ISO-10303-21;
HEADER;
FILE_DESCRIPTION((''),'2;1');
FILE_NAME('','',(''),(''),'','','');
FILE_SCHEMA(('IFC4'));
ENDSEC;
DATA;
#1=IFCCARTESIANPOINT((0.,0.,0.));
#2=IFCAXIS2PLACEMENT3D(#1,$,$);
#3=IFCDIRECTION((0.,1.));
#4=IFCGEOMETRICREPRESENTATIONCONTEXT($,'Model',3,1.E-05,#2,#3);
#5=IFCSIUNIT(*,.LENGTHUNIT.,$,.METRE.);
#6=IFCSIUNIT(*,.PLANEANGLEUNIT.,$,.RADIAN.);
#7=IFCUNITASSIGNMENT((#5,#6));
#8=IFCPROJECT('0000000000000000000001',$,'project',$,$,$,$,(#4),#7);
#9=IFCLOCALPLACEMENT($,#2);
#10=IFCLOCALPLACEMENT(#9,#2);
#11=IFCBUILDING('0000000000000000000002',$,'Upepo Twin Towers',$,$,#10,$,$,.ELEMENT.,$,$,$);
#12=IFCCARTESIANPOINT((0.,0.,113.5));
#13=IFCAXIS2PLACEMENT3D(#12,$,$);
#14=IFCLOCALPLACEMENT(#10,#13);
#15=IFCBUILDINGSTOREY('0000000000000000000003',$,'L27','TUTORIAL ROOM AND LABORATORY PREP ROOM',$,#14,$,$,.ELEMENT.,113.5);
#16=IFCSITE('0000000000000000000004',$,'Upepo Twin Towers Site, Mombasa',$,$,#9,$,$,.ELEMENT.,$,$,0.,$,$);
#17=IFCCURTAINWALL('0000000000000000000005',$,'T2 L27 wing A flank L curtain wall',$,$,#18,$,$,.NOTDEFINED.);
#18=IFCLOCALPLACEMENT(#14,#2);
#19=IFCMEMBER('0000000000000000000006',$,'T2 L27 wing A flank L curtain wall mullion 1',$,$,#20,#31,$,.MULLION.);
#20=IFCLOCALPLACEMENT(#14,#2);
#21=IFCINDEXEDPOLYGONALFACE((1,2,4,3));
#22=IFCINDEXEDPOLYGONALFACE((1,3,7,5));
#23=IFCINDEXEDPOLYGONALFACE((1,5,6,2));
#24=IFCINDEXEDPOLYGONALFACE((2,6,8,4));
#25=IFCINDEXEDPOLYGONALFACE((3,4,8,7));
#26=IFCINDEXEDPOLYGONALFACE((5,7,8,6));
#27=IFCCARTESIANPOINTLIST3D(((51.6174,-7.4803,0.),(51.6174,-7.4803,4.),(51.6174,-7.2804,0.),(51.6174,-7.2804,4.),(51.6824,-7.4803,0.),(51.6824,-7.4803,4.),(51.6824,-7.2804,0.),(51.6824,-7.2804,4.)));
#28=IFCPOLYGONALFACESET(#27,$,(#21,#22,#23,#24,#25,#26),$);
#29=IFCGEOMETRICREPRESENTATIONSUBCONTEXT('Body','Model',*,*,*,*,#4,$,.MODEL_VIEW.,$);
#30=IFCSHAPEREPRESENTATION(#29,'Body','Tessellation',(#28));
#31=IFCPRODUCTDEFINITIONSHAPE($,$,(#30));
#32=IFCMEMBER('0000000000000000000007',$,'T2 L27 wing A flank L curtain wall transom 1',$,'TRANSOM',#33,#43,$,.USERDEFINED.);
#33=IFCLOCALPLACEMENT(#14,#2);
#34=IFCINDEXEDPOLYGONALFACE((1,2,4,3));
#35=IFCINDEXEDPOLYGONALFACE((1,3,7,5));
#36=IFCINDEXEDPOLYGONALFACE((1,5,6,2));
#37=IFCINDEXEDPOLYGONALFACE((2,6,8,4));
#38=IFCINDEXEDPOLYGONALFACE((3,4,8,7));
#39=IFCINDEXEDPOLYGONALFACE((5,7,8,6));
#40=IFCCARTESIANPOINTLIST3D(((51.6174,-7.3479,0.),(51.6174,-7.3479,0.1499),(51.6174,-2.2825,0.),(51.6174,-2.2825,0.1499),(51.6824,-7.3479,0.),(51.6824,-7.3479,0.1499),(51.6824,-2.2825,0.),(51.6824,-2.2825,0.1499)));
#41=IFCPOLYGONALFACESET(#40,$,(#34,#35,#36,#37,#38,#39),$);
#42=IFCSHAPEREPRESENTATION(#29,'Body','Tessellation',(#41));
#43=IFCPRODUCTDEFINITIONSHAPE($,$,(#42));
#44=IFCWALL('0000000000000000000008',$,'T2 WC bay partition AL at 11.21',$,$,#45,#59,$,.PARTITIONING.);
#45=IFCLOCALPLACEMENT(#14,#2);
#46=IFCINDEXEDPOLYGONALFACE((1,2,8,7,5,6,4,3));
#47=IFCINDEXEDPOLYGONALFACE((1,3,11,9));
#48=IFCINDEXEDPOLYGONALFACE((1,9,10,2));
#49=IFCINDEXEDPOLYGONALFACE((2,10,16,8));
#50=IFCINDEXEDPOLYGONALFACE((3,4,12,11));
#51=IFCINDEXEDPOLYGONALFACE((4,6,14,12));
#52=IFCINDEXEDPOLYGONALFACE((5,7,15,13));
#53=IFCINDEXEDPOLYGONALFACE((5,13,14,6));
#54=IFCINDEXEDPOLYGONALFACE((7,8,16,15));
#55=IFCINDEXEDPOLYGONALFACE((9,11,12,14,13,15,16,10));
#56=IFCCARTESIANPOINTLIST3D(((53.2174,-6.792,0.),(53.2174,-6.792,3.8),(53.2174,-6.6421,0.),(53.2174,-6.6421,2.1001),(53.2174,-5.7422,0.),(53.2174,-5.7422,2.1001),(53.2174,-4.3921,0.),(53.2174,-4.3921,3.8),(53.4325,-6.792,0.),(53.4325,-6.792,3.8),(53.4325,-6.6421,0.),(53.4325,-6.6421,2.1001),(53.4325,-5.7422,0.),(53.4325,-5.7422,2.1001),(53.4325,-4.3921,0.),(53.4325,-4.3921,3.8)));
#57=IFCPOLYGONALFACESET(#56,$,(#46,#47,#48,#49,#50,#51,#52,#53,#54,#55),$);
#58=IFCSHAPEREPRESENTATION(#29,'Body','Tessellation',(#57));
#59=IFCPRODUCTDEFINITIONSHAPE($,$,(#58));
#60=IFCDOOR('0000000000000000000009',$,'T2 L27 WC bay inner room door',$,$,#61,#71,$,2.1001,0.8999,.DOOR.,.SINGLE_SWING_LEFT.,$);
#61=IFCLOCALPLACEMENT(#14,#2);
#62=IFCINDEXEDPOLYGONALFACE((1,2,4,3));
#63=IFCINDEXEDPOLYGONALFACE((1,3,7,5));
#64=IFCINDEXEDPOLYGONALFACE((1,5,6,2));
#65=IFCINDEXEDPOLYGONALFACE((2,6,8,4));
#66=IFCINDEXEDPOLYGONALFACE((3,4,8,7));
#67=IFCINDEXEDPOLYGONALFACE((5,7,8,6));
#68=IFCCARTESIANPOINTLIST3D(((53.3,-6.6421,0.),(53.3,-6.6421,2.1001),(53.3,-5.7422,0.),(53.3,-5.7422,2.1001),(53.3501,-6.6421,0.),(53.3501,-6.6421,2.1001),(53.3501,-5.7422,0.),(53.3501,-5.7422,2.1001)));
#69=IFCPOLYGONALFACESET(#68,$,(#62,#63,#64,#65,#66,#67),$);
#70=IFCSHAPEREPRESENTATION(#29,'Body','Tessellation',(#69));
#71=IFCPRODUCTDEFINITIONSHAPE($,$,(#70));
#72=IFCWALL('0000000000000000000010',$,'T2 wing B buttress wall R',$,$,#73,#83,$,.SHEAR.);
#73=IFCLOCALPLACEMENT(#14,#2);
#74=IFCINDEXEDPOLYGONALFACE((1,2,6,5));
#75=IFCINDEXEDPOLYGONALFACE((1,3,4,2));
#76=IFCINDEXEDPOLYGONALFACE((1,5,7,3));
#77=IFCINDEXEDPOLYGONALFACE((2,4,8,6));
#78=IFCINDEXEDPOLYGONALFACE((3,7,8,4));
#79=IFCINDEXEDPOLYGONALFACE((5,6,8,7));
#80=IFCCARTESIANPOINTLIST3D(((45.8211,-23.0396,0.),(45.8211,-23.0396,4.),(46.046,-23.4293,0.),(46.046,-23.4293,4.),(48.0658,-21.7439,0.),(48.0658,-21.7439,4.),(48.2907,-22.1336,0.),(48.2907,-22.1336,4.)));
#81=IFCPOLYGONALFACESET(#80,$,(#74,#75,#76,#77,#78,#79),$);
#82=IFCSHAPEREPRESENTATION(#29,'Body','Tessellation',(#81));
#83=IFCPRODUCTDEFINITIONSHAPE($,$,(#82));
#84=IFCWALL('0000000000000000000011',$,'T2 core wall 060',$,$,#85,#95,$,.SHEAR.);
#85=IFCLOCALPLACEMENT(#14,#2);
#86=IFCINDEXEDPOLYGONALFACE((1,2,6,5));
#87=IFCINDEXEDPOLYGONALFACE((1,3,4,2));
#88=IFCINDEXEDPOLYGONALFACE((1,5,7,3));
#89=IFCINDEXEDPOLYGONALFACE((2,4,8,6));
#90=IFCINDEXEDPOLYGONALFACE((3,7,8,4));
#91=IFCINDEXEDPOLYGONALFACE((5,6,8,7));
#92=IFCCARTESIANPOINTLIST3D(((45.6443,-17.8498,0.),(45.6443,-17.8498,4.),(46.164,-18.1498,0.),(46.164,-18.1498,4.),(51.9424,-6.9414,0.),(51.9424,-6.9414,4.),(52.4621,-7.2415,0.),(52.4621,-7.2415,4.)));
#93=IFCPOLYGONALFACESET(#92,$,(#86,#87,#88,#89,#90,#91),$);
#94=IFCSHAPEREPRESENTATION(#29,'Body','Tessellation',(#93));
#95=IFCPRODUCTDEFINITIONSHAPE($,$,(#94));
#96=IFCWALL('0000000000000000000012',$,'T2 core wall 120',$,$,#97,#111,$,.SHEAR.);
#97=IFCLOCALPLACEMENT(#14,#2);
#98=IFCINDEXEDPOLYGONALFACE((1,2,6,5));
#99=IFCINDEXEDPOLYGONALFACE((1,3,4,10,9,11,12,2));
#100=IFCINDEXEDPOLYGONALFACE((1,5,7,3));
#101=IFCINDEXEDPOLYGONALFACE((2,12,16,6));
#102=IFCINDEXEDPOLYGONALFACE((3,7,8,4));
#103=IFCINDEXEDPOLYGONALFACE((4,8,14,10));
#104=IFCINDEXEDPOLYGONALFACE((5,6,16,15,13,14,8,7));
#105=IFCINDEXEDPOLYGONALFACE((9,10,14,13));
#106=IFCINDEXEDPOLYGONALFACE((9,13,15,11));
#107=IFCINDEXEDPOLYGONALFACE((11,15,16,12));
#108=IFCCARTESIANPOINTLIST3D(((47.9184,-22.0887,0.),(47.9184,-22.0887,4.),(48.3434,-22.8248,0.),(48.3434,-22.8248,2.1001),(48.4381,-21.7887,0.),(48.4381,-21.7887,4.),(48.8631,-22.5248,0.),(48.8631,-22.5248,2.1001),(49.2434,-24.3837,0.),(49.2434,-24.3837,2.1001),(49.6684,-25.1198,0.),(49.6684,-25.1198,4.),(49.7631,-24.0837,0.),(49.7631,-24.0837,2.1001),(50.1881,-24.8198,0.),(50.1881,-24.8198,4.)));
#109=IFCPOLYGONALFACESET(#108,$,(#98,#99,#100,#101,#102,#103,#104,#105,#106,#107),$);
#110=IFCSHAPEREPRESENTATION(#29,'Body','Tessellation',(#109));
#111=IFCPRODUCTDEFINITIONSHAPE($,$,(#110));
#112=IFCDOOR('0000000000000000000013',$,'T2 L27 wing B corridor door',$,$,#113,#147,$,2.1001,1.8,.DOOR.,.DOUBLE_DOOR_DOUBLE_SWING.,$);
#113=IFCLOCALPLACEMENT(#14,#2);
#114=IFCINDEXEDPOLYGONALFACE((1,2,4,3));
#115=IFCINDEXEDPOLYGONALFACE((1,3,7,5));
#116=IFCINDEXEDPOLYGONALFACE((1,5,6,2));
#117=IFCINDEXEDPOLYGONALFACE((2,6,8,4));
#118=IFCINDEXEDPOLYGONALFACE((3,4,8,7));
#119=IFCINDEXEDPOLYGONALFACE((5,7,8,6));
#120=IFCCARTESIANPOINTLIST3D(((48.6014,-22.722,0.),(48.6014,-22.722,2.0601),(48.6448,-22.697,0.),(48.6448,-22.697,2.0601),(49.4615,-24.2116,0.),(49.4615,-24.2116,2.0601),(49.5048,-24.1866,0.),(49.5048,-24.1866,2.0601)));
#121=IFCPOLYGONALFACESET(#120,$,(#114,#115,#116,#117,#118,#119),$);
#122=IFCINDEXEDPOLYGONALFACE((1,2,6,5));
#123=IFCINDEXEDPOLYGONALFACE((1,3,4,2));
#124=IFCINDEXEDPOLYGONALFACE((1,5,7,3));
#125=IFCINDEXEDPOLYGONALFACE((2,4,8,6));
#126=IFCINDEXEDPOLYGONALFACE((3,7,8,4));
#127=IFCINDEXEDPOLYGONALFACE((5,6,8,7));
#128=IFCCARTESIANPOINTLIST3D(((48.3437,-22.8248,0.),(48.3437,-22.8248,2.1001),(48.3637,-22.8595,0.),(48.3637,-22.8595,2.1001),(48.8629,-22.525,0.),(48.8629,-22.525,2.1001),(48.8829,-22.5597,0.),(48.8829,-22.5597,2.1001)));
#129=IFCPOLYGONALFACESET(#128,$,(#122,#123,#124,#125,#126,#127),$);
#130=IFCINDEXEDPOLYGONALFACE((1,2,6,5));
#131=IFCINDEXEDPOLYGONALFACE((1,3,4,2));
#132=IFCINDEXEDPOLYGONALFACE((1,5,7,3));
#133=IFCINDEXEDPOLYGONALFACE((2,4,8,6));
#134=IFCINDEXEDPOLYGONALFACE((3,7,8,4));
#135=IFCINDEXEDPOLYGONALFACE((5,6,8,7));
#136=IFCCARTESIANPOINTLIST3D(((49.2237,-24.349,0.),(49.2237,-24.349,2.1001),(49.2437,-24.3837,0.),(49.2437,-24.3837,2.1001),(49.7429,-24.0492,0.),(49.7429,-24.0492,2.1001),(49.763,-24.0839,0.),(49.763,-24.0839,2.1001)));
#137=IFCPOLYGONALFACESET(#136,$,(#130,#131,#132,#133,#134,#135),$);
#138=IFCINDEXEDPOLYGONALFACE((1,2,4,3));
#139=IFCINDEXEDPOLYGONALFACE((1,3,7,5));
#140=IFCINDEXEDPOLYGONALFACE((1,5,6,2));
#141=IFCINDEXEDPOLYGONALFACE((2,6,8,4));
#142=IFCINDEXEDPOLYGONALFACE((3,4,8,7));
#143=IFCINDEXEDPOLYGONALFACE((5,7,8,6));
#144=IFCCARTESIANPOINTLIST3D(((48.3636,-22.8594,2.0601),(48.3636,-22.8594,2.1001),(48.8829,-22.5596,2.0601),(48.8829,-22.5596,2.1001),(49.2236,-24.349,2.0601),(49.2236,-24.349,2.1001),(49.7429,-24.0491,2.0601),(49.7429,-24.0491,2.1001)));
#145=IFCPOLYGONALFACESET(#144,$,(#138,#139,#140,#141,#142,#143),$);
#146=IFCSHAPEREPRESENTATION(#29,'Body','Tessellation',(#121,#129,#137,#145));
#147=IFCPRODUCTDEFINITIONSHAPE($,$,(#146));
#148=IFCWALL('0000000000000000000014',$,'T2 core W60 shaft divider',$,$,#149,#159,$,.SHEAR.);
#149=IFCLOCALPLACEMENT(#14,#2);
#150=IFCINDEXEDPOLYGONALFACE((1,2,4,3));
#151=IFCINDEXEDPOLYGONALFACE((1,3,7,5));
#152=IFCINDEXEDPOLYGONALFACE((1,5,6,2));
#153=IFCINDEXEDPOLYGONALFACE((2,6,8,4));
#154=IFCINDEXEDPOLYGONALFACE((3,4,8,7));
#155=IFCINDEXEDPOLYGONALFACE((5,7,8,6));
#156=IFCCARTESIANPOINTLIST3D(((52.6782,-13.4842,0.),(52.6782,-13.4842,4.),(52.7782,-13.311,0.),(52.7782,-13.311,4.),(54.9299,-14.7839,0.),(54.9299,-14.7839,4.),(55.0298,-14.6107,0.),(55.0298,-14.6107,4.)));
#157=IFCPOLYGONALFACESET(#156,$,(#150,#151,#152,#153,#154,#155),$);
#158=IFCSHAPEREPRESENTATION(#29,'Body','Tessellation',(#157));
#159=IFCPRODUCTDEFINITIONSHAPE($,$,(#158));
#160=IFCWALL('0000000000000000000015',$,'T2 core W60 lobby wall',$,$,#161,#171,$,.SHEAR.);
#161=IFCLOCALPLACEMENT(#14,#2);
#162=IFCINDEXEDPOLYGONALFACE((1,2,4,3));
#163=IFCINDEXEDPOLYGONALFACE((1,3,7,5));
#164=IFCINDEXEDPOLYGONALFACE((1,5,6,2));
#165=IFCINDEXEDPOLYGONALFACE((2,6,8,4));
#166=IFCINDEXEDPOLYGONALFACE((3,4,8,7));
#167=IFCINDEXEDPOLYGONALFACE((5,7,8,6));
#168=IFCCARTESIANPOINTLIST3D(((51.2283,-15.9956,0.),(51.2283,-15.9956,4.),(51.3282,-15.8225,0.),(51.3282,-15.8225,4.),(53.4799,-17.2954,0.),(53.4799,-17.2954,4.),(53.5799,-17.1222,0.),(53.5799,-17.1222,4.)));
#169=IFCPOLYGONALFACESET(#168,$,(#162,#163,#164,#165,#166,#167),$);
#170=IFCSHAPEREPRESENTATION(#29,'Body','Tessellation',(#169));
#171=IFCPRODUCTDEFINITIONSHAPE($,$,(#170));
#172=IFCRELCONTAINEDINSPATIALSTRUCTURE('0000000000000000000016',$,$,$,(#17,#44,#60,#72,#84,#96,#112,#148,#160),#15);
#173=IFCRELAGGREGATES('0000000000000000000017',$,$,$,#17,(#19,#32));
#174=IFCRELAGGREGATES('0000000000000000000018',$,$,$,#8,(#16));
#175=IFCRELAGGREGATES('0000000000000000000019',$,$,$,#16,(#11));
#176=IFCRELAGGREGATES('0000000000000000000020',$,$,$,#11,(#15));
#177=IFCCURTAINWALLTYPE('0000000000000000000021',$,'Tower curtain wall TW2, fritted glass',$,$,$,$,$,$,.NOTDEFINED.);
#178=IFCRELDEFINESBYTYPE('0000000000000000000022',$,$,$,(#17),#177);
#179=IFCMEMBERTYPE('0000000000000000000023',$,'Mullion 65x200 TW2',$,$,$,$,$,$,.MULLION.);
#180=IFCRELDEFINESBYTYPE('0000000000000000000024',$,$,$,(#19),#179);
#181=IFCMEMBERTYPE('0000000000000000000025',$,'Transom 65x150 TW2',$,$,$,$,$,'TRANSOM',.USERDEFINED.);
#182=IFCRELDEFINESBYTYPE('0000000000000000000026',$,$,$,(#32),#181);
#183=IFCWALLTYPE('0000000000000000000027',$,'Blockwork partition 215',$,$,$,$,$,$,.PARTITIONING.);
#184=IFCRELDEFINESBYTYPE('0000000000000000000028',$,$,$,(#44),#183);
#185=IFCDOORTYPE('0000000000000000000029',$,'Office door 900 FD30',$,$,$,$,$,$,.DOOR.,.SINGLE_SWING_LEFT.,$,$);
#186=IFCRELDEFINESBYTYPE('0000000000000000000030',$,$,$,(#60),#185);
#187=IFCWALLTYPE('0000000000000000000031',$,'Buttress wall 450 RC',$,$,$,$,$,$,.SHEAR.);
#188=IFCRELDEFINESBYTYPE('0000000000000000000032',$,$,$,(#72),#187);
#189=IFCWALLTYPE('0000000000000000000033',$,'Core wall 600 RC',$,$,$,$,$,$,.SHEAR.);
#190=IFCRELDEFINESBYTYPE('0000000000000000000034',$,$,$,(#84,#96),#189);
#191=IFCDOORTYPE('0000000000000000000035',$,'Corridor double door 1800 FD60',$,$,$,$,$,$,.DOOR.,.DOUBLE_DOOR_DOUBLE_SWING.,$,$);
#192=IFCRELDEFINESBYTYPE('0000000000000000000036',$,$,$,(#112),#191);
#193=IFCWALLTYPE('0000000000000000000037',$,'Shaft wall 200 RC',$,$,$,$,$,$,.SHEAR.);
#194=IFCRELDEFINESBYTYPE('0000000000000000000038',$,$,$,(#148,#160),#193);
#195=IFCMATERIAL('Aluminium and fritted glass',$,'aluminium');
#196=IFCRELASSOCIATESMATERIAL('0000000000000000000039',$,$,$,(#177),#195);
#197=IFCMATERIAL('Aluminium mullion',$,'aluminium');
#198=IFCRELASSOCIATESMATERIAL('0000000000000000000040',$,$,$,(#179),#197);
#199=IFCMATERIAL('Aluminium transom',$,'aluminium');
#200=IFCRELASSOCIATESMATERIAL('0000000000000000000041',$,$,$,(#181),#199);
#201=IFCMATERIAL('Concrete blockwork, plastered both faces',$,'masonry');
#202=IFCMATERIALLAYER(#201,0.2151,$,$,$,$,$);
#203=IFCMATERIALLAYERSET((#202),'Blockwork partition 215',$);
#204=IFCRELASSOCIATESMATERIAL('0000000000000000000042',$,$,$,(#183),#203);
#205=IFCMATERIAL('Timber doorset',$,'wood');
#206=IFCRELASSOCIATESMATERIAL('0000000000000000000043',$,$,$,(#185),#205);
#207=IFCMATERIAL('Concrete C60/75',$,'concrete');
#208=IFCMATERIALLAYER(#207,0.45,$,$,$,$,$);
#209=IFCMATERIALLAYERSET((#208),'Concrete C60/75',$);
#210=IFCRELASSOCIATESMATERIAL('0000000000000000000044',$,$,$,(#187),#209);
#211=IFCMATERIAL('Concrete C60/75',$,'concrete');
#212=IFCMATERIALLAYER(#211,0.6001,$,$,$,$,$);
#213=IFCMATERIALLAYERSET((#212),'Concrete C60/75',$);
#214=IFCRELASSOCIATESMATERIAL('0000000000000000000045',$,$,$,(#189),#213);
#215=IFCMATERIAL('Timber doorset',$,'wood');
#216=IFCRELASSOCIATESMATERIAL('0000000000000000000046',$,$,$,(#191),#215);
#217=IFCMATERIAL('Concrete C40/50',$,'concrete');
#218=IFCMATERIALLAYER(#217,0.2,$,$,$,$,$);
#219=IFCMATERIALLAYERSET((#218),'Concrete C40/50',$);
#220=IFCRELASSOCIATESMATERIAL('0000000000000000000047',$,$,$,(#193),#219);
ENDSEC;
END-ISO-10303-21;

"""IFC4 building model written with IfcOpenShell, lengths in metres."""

from ifc_helpers import new_model, si_unit, direction, frame, frame_2d, origin, origin_2d, place, context, subcontext, project, spatial, rectangle, extrude, material, layer, layer_set, material_profile, profile_set, type_object, element, fill, aggregate, save


model = new_model("IFC4")

# Units and contexts
model_context = context("Model", 3, precision=1e-05, world=origin(), true_north=direction((0.0, 1.0)))
body_context = subcontext(model_context, "Body", "Model", "MODEL_VIEW")
ifc_project = project(units=[si_unit("LENGTHUNIT", "METRE"), si_unit("PLANEANGLEUNIT", "RADIAN")], contexts=[model_context])

# Site, building, storey
site_placement = place(None, origin())
site = spatial("IfcSite", under=ifc_project, at=site_placement, Name="Upepo Twin Towers Site, Mombasa", CompositionType="ELEMENT", RefElevation=0.0)
building_placement = place(site_placement, origin())
building = spatial("IfcBuilding", under=site, at=building_placement, Name="Upepo Twin Towers", CompositionType="ELEMENT")
storey_placement = place(building_placement, frame((0.0, 0.0, 113.5)))
storey = spatial("IfcBuildingStorey", under=building, at=storey_placement, Name="L27", Description="TUTORIAL ROOM AND LABORATORY PREP ROOM", CompositionType="ELEMENT", Elevation=113.5)

# Curtain wall, members
ifc_material_1 = material(Name="Aluminium and fritted glass", Category="aluminium")
curtain_wall_type = type_object("IfcCurtainWallType", Name="Tower curtain wall TW2, fritted glass", PredefinedType="NOTDEFINED", material=ifc_material_1)
curtain_wall_placement = place(storey_placement, origin())
curtain_wall = element("IfcCurtainWall", 1, at=curtain_wall_placement, inside=storey, type_object=curtain_wall_type, Name="T2 L27 wing A flank L curtain wall", PredefinedType="NOTDEFINED")
ifc_material_2 = material(Name="Aluminium mullion", Category="aluminium")
ifc_material_profile_1 = material_profile(ifc_material_2, rectangle(XDim=0.0649, YDim=0.2, at=origin_2d()), Name="MULLION 65x200")
ifc_profile_set_1 = profile_set([ifc_material_profile_1], Name="Aluminium mullion")
member_type_1 = type_object("IfcMemberType", Name="Mullion 65x200 TW2", PredefinedType="MULLION", material=ifc_profile_set_1)
member_1_placement = place(storey_placement, frame((51.6499, -7.3804, 0.0), z_axis=(0.0, 0.0, 1.0), x_axis=(-1.0, 0.0, 0.0)))
member_1 = element("IfcMember", 2, at=member_1_placement, type_object=member_type_1, Name="T2 L27 wing A flank L curtain wall mullion 1", PredefinedType="MULLION", context=body_context, shape_type="SweptSolid", body=[
    extrude(rectangle(XDim=0.0649, YDim=0.2, at=origin_2d()), origin(), (0.0, 0.0, 1.0), 4.0),
])
ifc_material_3 = material(Name="Aluminium transom", Category="aluminium")
ifc_material_profile_2 = material_profile(ifc_material_3, rectangle(XDim=0.0649, YDim=0.1499, at=origin_2d()), Name="TRANSOM 65x150")
ifc_profile_set_2 = profile_set([ifc_material_profile_2], Name="Aluminium transom")
member_type_2 = type_object("IfcMemberType", Name="Transom 65x150 TW2", ElementType="TRANSOM", PredefinedType="USERDEFINED", material=ifc_profile_set_2)
member_2_placement = place(storey_placement, frame((51.6499, -7.3479, 0.075), z_axis=(0.0, 1.0, 0.0), x_axis=(-1.0, 0.0, 0.0)))
member_2 = element("IfcMember", 3, at=member_2_placement, type_object=member_type_2, Name="T2 L27 wing A flank L curtain wall transom 1", ObjectType="TRANSOM", PredefinedType="USERDEFINED", context=body_context, shape_type="SweptSolid", body=[
    extrude(rectangle(XDim=0.0649, YDim=0.1499, at=origin_2d()), origin(), (0.0, 0.0, 1.0), 5.0654),
])
aggregate(curtain_wall, [member_1, member_2])

# Wall, opening, door
ifc_material_4 = material(Name="Concrete blockwork, plastered both faces", Category="masonry")
ifc_layer_1 = layer(ifc_material_4, 0.2151)
ifc_layer_set_1 = layer_set([ifc_layer_1], Name="Blockwork partition 215")
wall_type_1 = type_object("IfcWallType", Name="Blockwork partition 215", PredefinedType="PARTITIONING", material=ifc_layer_set_1)
wall_1_placement = place(storey_placement, frame((53.325, -6.792, 0.0), z_axis=(0.0, 0.0, 1.0), x_axis=(0.0, 1.0, 0.0)))
wall_1 = element("IfcWall", 4, at=wall_1_placement, inside=storey, type_object=wall_type_1, Name="T2 WC bay partition AL at 11.21", PredefinedType="PARTITIONING", context=body_context, shape_type="SweptSolid", body=[
    extrude(rectangle(XDim=2.3999, YDim=0.2151, at=frame_2d((1.2, 0.0))), origin(), (0.0, 0.0, 1.0), 3.8),
])
opening_1_placement = place(wall_1_placement, frame((0.1499, 0.0, 0.0)))
opening_1 = element("IfcOpeningElement", 5, at=opening_1_placement, cuts=wall_1, PredefinedType="OPENING", context=body_context, shape_type="SweptSolid", body=[
    extrude(rectangle(XDim=0.8999, YDim=2.1001, at=frame_2d((0.45, 1.05))), frame((0.0, 0.1174, 0.0), z_axis=(0.0, -1.0, 0.0), x_axis=(1.0, 0.0, 0.0)), (0.0, 0.0, 1.0), 0.2351),
])
ifc_material_5 = material(Name="Timber doorset", Category="wood")
door_type_1 = type_object("IfcDoorType", Name="Office door 900 FD30", OperationType="SINGLE_SWING_LEFT", PredefinedType="DOOR", material=ifc_material_5)
door_1_placement = place(opening_1_placement, origin())
door_1 = element("IfcDoor", 6, at=door_1_placement, inside=storey, type_object=door_type_1, Name="T2 L27 WC bay inner room door", OperationType="SINGLE_SWING_LEFT", OverallHeight=2.1001, OverallWidth=0.8999, PredefinedType="DOOR", context=body_context, shape_type="SweptSolid", body=[
    extrude(rectangle(XDim=0.8999, YDim=2.1001, at=frame_2d((0.45, 1.05))), frame((0.0, 0.0249, 0.0), z_axis=(0.0, -1.0, 0.0), x_axis=(1.0, 0.0, 0.0)), (0.0, 0.0, 1.0), 0.05),
])
fill(opening_1, door_1)

# Walls
ifc_material_6 = material(Name="Concrete C60/75", Category="concrete")
ifc_layer_2 = layer(ifc_material_6, 0.45)
ifc_layer_set_2 = layer_set([ifc_layer_2], Name="Concrete C60/75")
wall_type_2 = type_object("IfcWallType", Name="Buttress wall 450 RC", PredefinedType="SHEAR", material=ifc_layer_set_2)
wall_2_placement = place(storey_placement, frame((48.1782, -21.9387, 0.0), z_axis=(0.0, 0.0, 1.0), x_axis=(-0.866073, -0.499918, 0.0)))
element("IfcWall", 7, at=wall_2_placement, inside=storey, type_object=wall_type_2, Name="T2 wing B buttress wall R", PredefinedType="SHEAR", context=body_context, shape_type="SweptSolid", body=[
    extrude(rectangle(XDim=2.5918, YDim=0.45, at=frame_2d((1.2959, 0.0))), origin(), (0.0, 0.0, 1.0), 4.0),
])
ifc_material_7 = material(Name="Concrete C60/75", Category="concrete")
ifc_layer_3 = layer(ifc_material_7, 0.6001)
ifc_layer_set_3 = layer_set([ifc_layer_3], Name="Concrete C60/75")
wall_type_3 = type_object("IfcWallType", Name="Core wall 600 RC", PredefinedType="SHEAR", material=ifc_layer_set_3)
wall_3_placement = place(storey_placement, frame((52.2021, -7.0916, 0.0), z_axis=(0.0, 0.0, 1.0), x_axis=(-0.500006, -0.866022, 0.0)))
element("IfcWall", 8, at=wall_3_placement, inside=storey, type_object=wall_type_3, Name="T2 core wall 060", PredefinedType="SHEAR", context=body_context, shape_type="SweptSolid", body=[
    extrude(rectangle(XDim=12.5959, YDim=0.6001, at=frame_2d((6.2979, 0.0))), origin(), (0.0, 0.0, 1.0), 4.0),
])

# Wall, opening, door
wall_4_placement = place(storey_placement, frame((48.1782, -21.9387, 0.0), z_axis=(0.0, 0.0, 1.0), x_axis=(0.50001, -0.866019, 0.0)))
wall_4 = element("IfcWall", 9, at=wall_4_placement, inside=storey, type_object=wall_type_3, Name="T2 core wall 120", PredefinedType="SHEAR", context=body_context, shape_type="SweptSolid", body=[
    extrude(rectangle(XDim=3.5, YDim=0.6001, at=frame_2d((1.75, 0.0))), origin(), (0.0, 0.0, 1.0), 4.0),
])
opening_2_placement = place(wall_4_placement, frame((0.8501, 0.0, 0.0)))
opening_2 = element("IfcOpeningElement", 10, at=opening_2_placement, cuts=wall_4, PredefinedType="OPENING", context=body_context, shape_type="SweptSolid", body=[
    extrude(rectangle(XDim=1.8, YDim=2.1001, at=frame_2d((0.8999, 1.05))), frame((0.0, 0.3101, 0.0), z_axis=(0.0, -1.0, 0.0), x_axis=(1.0, 0.0, 0.0)), (0.0, 0.0, 1.0), 0.6201),
])
ifc_material_8 = material(Name="Timber doorset", Category="wood")
door_type_2 = type_object("IfcDoorType", Name="Corridor double door 1800 FD60", OperationType="DOUBLE_DOOR_DOUBLE_SWING", PredefinedType="DOOR", material=ifc_material_8)
door_2_placement = place(opening_2_placement, origin())
door_2 = element("IfcDoor", 11, at=door_2_placement, inside=storey, type_object=door_type_2, Name="T2 L27 wing B corridor door", OperationType="DOUBLE_DOOR_DOUBLE_SWING", OverallHeight=2.1001, OverallWidth=1.8, PredefinedType="DOOR", context=body_context, shape_type="SweptSolid", body=[
    extrude(rectangle(XDim=1.72, YDim=2.0601, at=frame_2d((0.8999, 1.03))), frame((0.0, 0.0249, 0.0), z_axis=(0.0, -1.0, 0.0), x_axis=(1.0, 0.0, 0.0)), (0.0, 0.0, 1.0), 0.05),
    extrude(rectangle(XDim=0.04, YDim=2.1001, at=frame_2d((0.02, 1.05))), frame((0.0, 0.2998, 0.0), z_axis=(0.0, -1.0, 0.0), x_axis=(1.0, 0.0, 0.0)), (0.0, 0.0, 1.0), 0.5996),
    extrude(rectangle(XDim=0.04, YDim=2.1001, at=frame_2d((1.78, 1.05))), frame((0.0, 0.2998, 0.0), z_axis=(0.0, -1.0, 0.0), x_axis=(1.0, 0.0, 0.0)), (0.0, 0.0, 1.0), 0.5996),
    extrude(rectangle(XDim=1.72, YDim=0.04, at=frame_2d((0.8999, 2.0801))), frame((0.0, 0.2998, 0.0), z_axis=(0.0, -1.0, 0.0), x_axis=(1.0, 0.0, 0.0)), (0.0, 0.0, 1.0), 0.5996),
])
fill(opening_2, door_2)

# Walls
ifc_material_9 = material(Name="Concrete C40/50", Category="concrete")
ifc_layer_4 = layer(ifc_material_9, 0.2)
ifc_layer_set_4 = layer_set([ifc_layer_4], Name="Concrete C40/50")
wall_type_4 = type_object("IfcWallType", Name="Shaft wall 200 RC", PredefinedType="SHEAR", material=ifc_layer_set_4)
for number, where, z_axis, x_axis, name in (
    (12, (54.9797, -14.6973, 0.0), (0.0, 0.0, 1.0), (-0.866062, 0.499937, 0.0), "T2 core W60 shaft divider"),
    (13, (53.5298, -17.2087, 0.0), (0.0, 0.0, 1.0), (-0.866062, 0.499937, 0.0), "T2 core W60 lobby wall"),
):
    element("IfcWall", number, at=place(storey_placement, frame(where, z_axis=z_axis, x_axis=x_axis)), inside=storey, type_object=wall_type_4, Name=name, PredefinedType="SHEAR", context=body_context, shape_type="SweptSolid", body=[
        extrude(rectangle(XDim=2.5999, YDim=0.2, at=frame_2d((1.2998, 0.0))), origin(), (0.0, 0.0, 1.0), 4.0),
    ])

save(model, "model.ifc")
